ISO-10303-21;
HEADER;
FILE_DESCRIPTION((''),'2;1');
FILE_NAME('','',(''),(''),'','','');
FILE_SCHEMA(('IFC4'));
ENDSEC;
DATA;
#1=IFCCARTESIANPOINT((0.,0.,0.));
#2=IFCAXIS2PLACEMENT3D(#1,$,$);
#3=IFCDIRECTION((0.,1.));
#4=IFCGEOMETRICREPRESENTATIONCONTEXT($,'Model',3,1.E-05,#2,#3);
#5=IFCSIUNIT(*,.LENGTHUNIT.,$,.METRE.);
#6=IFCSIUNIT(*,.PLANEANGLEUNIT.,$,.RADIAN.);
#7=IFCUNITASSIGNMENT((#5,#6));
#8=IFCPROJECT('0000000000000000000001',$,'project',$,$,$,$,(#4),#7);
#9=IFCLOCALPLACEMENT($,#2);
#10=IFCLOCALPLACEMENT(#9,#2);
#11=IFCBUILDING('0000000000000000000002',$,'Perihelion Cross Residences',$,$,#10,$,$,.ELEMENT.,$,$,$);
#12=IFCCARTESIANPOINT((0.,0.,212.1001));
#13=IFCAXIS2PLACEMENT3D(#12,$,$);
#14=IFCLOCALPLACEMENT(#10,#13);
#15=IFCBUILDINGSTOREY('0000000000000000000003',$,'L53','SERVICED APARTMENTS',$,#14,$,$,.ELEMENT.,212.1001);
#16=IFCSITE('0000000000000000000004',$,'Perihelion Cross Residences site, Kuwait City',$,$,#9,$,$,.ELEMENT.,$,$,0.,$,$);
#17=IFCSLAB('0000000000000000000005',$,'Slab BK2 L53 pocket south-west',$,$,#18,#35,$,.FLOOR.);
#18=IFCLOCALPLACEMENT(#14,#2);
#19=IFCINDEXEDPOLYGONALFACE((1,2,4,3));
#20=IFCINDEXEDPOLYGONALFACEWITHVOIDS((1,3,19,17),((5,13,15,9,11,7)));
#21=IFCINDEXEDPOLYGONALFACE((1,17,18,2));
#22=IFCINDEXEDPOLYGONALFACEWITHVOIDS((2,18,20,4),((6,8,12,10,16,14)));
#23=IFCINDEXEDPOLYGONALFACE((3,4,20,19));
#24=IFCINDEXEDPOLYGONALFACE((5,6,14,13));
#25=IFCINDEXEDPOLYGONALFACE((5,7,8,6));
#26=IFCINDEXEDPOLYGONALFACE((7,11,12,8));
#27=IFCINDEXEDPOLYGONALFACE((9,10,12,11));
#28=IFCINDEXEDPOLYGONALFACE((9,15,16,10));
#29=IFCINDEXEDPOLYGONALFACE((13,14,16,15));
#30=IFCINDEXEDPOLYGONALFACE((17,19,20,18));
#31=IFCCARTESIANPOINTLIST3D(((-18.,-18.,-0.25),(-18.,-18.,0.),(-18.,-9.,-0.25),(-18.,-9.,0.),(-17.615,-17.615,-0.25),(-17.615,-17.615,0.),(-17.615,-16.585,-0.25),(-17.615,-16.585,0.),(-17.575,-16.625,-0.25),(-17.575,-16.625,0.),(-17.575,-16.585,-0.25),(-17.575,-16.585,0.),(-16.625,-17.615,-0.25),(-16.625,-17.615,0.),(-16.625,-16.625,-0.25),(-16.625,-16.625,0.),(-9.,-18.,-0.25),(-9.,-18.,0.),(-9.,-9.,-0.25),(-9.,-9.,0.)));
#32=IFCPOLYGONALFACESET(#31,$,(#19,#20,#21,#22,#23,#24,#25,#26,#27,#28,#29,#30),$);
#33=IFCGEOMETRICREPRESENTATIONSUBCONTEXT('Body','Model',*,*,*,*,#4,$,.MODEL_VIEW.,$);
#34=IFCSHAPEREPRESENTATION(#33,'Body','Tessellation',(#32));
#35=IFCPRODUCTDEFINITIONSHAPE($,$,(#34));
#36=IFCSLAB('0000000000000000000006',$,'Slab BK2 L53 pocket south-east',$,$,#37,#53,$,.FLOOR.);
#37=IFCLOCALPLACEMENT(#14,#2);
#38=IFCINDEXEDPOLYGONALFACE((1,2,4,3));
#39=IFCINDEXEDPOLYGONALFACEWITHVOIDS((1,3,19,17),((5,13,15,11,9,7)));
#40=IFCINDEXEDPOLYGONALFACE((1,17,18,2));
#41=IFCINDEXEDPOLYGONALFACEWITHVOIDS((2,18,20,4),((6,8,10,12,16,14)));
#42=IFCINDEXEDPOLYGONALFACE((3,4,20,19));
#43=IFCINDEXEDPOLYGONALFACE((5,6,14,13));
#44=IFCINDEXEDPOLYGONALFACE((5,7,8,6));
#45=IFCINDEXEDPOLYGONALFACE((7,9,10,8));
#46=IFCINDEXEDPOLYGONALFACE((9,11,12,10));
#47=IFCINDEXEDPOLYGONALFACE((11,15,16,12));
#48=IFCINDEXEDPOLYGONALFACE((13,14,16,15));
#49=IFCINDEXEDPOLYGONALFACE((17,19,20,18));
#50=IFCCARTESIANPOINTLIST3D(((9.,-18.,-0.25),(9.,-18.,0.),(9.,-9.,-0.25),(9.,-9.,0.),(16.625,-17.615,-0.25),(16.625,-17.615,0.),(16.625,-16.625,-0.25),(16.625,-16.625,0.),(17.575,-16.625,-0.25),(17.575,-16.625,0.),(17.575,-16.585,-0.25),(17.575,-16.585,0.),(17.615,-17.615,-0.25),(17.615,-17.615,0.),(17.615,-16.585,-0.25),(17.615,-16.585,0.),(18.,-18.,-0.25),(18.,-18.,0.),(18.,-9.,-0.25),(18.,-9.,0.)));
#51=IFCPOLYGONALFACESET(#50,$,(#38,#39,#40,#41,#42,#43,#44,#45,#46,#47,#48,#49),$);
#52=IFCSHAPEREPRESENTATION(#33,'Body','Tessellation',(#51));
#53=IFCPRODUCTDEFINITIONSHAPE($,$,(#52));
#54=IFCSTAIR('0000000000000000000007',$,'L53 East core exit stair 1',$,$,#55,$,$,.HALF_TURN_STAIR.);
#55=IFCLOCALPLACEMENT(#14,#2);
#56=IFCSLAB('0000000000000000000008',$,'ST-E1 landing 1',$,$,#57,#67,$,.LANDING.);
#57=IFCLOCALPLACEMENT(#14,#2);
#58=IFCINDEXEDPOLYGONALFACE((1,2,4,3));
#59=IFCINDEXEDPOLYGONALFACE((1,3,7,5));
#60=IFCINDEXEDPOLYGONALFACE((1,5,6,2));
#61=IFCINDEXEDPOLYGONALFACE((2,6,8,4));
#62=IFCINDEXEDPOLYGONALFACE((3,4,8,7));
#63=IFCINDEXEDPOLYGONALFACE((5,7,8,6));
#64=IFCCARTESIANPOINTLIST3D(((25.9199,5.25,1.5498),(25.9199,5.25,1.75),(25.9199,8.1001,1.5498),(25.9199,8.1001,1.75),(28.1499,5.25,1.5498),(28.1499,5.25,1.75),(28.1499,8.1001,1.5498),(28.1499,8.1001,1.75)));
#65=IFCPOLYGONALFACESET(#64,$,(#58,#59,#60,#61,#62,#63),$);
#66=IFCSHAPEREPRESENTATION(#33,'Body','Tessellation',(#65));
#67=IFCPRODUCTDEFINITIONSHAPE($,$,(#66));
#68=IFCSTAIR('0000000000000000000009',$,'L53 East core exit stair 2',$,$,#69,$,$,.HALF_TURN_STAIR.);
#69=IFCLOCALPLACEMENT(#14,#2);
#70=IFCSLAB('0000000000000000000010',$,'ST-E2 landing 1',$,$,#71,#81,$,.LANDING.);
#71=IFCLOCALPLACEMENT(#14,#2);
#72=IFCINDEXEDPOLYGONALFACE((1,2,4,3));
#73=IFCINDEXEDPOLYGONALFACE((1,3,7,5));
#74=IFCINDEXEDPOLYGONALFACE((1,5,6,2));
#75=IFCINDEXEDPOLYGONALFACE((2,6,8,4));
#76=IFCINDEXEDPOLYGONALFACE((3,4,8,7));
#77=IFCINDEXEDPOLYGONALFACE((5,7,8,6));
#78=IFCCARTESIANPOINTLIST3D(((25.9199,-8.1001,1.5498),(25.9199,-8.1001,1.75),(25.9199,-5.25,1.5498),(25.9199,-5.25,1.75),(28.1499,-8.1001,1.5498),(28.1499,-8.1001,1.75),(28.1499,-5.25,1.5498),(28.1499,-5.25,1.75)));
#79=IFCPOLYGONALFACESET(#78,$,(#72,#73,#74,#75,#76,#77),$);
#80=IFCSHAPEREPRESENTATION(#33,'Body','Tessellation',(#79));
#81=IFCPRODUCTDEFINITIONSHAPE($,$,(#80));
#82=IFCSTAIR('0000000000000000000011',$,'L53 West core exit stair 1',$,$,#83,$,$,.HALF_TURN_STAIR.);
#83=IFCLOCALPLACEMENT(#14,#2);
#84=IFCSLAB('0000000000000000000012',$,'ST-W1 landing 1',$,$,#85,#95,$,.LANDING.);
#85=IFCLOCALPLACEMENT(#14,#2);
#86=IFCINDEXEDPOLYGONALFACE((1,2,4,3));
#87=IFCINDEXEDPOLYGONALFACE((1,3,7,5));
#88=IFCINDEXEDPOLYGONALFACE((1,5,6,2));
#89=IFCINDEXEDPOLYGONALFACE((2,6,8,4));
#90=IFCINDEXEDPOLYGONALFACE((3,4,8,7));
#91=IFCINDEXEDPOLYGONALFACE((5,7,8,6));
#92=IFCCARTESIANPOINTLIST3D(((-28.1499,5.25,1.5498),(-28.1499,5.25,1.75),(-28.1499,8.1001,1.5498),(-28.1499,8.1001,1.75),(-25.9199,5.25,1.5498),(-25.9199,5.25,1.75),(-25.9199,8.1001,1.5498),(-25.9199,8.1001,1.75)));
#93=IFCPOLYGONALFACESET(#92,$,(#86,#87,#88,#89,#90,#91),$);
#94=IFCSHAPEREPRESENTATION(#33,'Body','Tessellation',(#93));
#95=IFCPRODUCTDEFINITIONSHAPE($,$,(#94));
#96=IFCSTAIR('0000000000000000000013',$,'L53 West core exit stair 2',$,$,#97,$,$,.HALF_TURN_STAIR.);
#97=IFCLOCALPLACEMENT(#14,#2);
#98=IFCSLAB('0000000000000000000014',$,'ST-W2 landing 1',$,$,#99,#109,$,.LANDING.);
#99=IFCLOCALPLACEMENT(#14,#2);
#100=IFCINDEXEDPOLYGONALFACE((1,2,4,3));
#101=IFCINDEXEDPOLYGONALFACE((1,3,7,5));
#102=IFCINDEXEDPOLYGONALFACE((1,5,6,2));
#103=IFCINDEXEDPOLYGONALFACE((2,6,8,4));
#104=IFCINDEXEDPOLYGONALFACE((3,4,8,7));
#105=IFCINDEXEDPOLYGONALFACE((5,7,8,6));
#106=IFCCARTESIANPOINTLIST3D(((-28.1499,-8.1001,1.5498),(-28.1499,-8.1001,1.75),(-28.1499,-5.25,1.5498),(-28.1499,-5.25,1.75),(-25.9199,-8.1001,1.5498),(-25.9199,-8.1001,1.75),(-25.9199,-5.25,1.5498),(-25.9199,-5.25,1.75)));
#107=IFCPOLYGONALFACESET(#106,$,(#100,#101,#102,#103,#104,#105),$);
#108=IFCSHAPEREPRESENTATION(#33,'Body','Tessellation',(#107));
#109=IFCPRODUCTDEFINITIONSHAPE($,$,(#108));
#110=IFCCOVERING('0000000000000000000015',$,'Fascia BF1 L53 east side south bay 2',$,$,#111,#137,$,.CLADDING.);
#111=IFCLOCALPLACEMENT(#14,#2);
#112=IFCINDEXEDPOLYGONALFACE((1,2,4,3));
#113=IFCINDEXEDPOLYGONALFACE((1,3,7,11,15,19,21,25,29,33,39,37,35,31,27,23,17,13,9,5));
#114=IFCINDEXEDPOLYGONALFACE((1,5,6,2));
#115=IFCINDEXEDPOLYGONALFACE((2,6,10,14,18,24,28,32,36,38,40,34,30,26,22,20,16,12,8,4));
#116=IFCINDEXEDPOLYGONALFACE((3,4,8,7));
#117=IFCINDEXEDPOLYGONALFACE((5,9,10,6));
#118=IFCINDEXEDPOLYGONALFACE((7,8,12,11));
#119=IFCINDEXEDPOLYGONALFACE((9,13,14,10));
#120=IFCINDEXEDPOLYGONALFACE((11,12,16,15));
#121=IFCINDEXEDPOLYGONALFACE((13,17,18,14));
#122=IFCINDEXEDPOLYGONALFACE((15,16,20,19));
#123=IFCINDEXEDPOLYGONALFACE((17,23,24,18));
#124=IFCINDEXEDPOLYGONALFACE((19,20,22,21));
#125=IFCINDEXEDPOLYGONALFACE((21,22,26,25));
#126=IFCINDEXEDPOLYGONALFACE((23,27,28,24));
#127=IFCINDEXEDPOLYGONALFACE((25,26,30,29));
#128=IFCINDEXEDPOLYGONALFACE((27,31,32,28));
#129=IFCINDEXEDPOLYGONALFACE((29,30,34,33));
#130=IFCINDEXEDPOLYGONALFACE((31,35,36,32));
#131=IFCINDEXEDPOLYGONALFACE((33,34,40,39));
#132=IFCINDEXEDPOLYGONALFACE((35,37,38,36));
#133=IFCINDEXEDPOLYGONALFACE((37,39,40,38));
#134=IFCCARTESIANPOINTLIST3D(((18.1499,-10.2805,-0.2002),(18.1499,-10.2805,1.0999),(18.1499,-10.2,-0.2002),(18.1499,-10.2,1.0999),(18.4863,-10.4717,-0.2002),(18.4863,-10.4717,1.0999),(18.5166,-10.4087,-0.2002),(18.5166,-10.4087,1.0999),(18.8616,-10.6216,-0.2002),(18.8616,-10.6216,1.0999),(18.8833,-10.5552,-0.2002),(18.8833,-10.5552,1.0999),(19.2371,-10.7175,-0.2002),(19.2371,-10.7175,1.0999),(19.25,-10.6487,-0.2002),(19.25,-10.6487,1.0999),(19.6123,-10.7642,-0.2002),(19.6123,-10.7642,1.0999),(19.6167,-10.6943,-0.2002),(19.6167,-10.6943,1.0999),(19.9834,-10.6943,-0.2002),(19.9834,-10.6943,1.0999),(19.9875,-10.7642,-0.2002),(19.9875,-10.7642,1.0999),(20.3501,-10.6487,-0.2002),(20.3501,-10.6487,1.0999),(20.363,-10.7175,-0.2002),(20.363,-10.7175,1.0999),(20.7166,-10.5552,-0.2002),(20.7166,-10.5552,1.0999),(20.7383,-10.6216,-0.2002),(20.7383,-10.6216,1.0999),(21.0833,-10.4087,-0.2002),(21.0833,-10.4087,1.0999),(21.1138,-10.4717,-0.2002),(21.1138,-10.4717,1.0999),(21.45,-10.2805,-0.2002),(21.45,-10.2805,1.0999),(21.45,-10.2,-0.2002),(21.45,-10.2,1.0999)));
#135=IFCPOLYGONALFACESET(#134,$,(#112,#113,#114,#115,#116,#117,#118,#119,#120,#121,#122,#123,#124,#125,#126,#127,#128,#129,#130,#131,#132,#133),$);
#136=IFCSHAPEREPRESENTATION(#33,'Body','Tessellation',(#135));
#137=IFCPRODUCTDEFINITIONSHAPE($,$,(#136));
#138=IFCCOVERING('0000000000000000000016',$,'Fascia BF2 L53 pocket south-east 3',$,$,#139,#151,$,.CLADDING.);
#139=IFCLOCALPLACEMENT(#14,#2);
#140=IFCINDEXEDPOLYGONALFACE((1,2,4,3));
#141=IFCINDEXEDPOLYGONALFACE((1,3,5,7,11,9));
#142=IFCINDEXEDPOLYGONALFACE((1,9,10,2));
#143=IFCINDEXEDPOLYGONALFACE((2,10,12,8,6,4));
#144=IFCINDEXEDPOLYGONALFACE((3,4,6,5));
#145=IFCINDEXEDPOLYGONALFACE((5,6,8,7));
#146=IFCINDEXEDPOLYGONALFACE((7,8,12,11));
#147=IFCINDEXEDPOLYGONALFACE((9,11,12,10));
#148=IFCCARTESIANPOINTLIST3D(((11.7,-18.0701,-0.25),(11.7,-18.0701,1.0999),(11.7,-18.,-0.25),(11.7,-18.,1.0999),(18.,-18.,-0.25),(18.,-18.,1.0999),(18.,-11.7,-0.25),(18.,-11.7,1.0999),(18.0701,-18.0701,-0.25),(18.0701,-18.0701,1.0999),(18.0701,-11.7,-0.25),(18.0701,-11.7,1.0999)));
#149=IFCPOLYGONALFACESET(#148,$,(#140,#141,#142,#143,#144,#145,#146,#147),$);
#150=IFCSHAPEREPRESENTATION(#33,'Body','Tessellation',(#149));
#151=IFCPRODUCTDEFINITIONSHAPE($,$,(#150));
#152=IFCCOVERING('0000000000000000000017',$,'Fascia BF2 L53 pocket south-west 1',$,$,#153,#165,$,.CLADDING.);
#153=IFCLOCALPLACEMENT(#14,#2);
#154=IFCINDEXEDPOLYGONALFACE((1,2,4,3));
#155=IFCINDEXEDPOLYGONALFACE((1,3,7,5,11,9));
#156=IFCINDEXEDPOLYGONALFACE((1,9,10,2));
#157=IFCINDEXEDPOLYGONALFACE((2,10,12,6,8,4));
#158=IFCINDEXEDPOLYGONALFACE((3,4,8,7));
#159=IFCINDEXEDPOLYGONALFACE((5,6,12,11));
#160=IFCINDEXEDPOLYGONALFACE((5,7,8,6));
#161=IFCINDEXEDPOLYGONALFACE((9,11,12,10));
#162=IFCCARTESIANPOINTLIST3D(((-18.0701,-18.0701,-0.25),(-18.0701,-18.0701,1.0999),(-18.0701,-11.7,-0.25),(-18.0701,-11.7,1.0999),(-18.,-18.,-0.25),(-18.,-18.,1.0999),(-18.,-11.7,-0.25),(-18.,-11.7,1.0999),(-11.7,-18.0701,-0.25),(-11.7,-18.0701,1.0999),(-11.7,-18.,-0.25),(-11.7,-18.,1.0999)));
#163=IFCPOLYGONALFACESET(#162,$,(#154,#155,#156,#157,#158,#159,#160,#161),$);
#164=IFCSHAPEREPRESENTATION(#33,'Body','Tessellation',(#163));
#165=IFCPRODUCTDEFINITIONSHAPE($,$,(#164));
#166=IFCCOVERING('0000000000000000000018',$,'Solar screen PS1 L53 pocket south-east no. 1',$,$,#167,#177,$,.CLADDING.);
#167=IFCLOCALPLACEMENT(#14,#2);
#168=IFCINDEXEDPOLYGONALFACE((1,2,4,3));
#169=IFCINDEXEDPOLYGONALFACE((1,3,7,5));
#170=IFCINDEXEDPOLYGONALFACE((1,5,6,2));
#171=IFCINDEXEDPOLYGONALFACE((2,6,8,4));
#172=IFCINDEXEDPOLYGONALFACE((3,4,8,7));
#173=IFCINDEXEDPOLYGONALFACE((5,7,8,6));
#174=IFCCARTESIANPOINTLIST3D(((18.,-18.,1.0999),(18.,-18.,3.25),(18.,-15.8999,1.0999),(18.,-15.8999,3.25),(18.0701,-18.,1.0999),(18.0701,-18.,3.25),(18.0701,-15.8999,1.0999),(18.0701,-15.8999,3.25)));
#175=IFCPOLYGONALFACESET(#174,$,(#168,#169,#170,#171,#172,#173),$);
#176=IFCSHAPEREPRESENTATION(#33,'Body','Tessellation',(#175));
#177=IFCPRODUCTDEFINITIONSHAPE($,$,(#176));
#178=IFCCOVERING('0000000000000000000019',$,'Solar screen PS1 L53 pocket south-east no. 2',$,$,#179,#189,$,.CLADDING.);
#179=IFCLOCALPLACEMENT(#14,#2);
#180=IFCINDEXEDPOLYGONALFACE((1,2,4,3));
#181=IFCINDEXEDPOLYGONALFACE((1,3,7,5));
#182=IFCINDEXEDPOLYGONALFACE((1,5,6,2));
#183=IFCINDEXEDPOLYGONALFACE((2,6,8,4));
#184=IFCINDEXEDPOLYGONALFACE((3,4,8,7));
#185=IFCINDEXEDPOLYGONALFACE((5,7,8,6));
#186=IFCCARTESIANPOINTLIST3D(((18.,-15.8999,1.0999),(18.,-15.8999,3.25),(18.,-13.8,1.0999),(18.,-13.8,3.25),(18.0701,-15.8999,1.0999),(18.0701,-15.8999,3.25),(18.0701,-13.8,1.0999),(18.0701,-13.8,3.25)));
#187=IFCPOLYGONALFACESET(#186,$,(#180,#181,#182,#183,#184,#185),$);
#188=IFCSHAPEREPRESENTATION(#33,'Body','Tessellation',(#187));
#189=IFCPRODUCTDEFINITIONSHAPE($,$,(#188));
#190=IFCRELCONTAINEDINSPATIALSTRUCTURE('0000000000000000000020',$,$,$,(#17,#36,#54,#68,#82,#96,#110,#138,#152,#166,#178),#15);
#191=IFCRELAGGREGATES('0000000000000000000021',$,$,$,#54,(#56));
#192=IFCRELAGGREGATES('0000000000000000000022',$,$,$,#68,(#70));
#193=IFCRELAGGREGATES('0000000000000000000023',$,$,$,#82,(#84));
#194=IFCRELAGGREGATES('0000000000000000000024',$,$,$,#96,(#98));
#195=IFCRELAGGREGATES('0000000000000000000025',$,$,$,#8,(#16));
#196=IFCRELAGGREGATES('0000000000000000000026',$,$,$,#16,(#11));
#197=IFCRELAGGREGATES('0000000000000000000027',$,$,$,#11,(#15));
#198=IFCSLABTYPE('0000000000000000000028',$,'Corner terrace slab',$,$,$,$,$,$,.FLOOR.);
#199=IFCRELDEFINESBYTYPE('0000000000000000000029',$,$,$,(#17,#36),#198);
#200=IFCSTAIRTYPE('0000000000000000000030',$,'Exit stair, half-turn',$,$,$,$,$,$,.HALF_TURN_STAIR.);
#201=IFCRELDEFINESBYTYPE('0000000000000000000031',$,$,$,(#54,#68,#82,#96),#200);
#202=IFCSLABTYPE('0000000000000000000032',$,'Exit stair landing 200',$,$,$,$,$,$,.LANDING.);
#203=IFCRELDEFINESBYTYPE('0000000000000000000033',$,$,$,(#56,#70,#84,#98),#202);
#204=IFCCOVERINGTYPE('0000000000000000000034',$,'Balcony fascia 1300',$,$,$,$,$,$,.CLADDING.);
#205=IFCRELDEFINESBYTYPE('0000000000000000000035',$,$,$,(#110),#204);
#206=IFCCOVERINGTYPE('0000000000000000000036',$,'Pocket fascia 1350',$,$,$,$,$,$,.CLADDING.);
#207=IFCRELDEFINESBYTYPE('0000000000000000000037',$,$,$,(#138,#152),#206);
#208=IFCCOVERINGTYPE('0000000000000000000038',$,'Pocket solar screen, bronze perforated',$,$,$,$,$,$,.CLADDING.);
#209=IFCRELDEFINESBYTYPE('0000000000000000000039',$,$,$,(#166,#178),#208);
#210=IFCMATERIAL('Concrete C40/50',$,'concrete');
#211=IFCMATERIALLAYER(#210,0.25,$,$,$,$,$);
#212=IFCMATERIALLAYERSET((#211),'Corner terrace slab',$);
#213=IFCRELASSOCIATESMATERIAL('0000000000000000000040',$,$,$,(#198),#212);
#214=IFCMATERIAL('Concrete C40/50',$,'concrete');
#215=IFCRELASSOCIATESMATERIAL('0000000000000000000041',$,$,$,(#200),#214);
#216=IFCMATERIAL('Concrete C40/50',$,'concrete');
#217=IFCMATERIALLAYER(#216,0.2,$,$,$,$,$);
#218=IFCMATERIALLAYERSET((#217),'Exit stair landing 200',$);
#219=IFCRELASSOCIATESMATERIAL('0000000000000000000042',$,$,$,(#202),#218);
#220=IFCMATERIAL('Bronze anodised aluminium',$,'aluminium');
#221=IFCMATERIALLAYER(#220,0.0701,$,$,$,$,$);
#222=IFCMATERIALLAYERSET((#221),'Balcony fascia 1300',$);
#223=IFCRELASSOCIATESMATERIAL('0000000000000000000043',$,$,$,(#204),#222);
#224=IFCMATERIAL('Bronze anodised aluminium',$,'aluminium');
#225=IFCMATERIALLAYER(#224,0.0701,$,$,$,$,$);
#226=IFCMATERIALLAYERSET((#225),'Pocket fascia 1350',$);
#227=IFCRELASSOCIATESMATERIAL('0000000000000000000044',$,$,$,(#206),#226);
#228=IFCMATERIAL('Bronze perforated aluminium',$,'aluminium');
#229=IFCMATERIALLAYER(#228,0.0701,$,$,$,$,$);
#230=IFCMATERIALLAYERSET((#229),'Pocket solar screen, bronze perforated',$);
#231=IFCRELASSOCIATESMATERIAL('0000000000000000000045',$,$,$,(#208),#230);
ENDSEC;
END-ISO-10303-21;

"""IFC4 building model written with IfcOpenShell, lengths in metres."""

from ifc_helpers import new_model, si_unit, direction, frame, origin, place, context, subcontext, project, spatial, polyline, outline, extrude, material, layer, layer_set, type_object, element, aggregate, save


model = new_model("IFC4")

# Units and contexts
model_context = context("Model", 3, precision=1e-05, world=origin(), true_north=direction((0.0, 1.0)))
body_context = subcontext(model_context, "Body", "Model", "MODEL_VIEW")
ifc_project = project(units=[si_unit("LENGTHUNIT", "METRE"), si_unit("PLANEANGLEUNIT", "RADIAN")], contexts=[model_context])

# Site, building, storey
site_placement = place(None, origin())
site = spatial("IfcSite", under=ifc_project, at=site_placement, Name="Perihelion Cross Residences site, Kuwait City", CompositionType="ELEMENT", RefElevation=0.0)
building_placement = place(site_placement, origin())
building = spatial("IfcBuilding", under=site, at=building_placement, Name="Perihelion Cross Residences", CompositionType="ELEMENT")
storey_placement = place(building_placement, frame((0.0, 0.0, 212.1001)))
storey = spatial("IfcBuildingStorey", under=building, at=storey_placement, Name="L53", Description="SERVICED APARTMENTS", CompositionType="ELEMENT", Elevation=212.1001)

# Slabs
ifc_material_1 = material(Name="Concrete C40/50", Category="concrete")
ifc_layer_1 = layer(ifc_material_1, 0.25)
ifc_layer_set_1 = layer_set([ifc_layer_1], Name="Corner terrace slab")
slab_type_1 = type_object("IfcSlabType", Name="Corner terrace slab", PredefinedType="FLOOR", material=ifc_layer_set_1)
slab_1_placement = place(storey_placement, frame((0.0, 0.0, -0.25)))
element("IfcSlab", 1, at=slab_1_placement, inside=storey, type_object=slab_type_1, Name="Slab BK2 L53 pocket south-west", PredefinedType="FLOOR", context=body_context, shape_type="SweptSolid", body=[
    extrude(outline(polyline([(-9.0, -18.0), (-9.0, -9.0), (-18.0, -9.0), (-18.0, -18.0), (-9.0, -18.0)]), holes=[polyline([(-16.625, -17.615), (-17.615, -17.615), (-17.615, -16.585), (-17.575, -16.585), (-17.575, -16.625), (-16.625, -16.625), (-16.625, -17.615)])]), origin(), (0.0, 0.0, 1.0), 0.25),
])
slab_2_placement = place(storey_placement, frame((0.0, 0.0, -0.25)))
element("IfcSlab", 2, at=slab_2_placement, inside=storey, type_object=slab_type_1, Name="Slab BK2 L53 pocket south-east", PredefinedType="FLOOR", context=body_context, shape_type="SweptSolid", body=[
    extrude(outline(polyline([(18.0, -18.0), (18.0, -9.0), (9.0, -9.0), (9.0, -18.0), (18.0, -18.0)]), holes=[polyline([(16.625, -17.615), (16.625, -16.625), (17.575, -16.625), (17.575, -16.585), (17.615, -16.585), (17.615, -17.615), (16.625, -17.615)])]), origin(), (0.0, 0.0, 1.0), 0.25),
])

# Stairs, slabs
ifc_material_2 = material(Name="Concrete C40/50", Category="concrete")
stair_type = type_object("IfcStairType", Name="Exit stair, half-turn", PredefinedType="HALF_TURN_STAIR", material=ifc_material_2)
stair_1_placement = place(storey_placement, origin())
stair_1 = element("IfcStair", 3, at=stair_1_placement, inside=storey, type_object=stair_type, Name="L53 East core exit stair 1", PredefinedType="HALF_TURN_STAIR")
ifc_material_3 = material(Name="Concrete C40/50", Category="concrete")
ifc_layer_2 = layer(ifc_material_3, 0.2)
ifc_layer_set_2 = layer_set([ifc_layer_2], Name="Exit stair landing 200")
slab_type_2 = type_object("IfcSlabType", Name="Exit stair landing 200", PredefinedType="LANDING", material=ifc_layer_set_2)
slab_3_placement = place(storey_placement, frame((0.0, 0.0, 1.5498)))
slab_3 = element("IfcSlab", 4, at=slab_3_placement, type_object=slab_type_2, Name="ST-E1 landing 1", PredefinedType="LANDING", context=body_context, shape_type="SweptSolid", body=[
    extrude(outline(polyline([(25.9199, 5.25), (28.1499, 5.25), (28.1499, 8.1001), (25.9199, 8.1001), (25.9199, 5.25)])), origin(), (0.0, 0.0, 1.0), 0.2002),
])
aggregate(stair_1, [slab_3])
stair_2_placement = place(storey_placement, origin())
stair_2 = element("IfcStair", 5, at=stair_2_placement, inside=storey, type_object=stair_type, Name="L53 East core exit stair 2", PredefinedType="HALF_TURN_STAIR")
slab_4_placement = place(storey_placement, frame((0.0, 0.0, 1.5498)))
slab_4 = element("IfcSlab", 6, at=slab_4_placement, type_object=slab_type_2, Name="ST-E2 landing 1", PredefinedType="LANDING", context=body_context, shape_type="SweptSolid", body=[
    extrude(outline(polyline([(25.9199, -8.1001), (28.1499, -8.1001), (28.1499, -5.25), (25.9199, -5.25), (25.9199, -8.1001)])), origin(), (0.0, 0.0, 1.0), 0.2002),
])
aggregate(stair_2, [slab_4])
stair_3_placement = place(storey_placement, origin())
stair_3 = element("IfcStair", 7, at=stair_3_placement, inside=storey, type_object=stair_type, Name="L53 West core exit stair 1", PredefinedType="HALF_TURN_STAIR")
slab_5_placement = place(storey_placement, frame((0.0, 0.0, 1.5498)))
slab_5 = element("IfcSlab", 8, at=slab_5_placement, type_object=slab_type_2, Name="ST-W1 landing 1", PredefinedType="LANDING", context=body_context, shape_type="SweptSolid", body=[
    extrude(outline(polyline([(-25.9199, 8.1001), (-28.1499, 8.1001), (-28.1499, 5.25), (-25.9199, 5.25), (-25.9199, 8.1001)])), origin(), (0.0, 0.0, 1.0), 0.2002),
])
aggregate(stair_3, [slab_5])
stair_4_placement = place(storey_placement, origin())
stair_4 = element("IfcStair", 9, at=stair_4_placement, inside=storey, type_object=stair_type, Name="L53 West core exit stair 2", PredefinedType="HALF_TURN_STAIR")
slab_6_placement = place(storey_placement, frame((0.0, 0.0, 1.5498)))
slab_6 = element("IfcSlab", 10, at=slab_6_placement, type_object=slab_type_2, Name="ST-W2 landing 1", PredefinedType="LANDING", context=body_context, shape_type="SweptSolid", body=[
    extrude(outline(polyline([(-25.9199, -5.25), (-28.1499, -5.25), (-28.1499, -8.1001), (-25.9199, -8.1001), (-25.9199, -5.25)])), origin(), (0.0, 0.0, 1.0), 0.2002),
])
aggregate(stair_4, [slab_6])

# Coverings
ifc_material_4 = material(Name="Bronze anodised aluminium", Category="aluminium")
ifc_layer_3 = layer(ifc_material_4, 0.0701)
ifc_layer_set_3 = layer_set([ifc_layer_3], Name="Balcony fascia 1300")
covering_type_1 = type_object("IfcCoveringType", Name="Balcony fascia 1300", PredefinedType="CLADDING", material=ifc_layer_set_3)
covering_1_placement = place(storey_placement, frame((0.0, 0.0, -0.2002)))
element("IfcCovering", 11, at=covering_1_placement, inside=storey, type_object=covering_type_1, Name="Fascia BF1 L53 east side south bay 2", PredefinedType="CLADDING", context=body_context, shape_type="SweptSolid", body=[
    extrude(outline(polyline([(18.4863, -10.4717), (18.8616, -10.6216), (19.2371, -10.7175), (19.6123, -10.7642), (19.9875, -10.7642), (20.363, -10.7175), (20.7383, -10.6216), (21.1138, -10.4717), (21.45, -10.2805), (21.45, -10.2), (21.0833, -10.4087), (20.7166, -10.5552), (20.3501, -10.6487), (19.9834, -10.6943), (19.6167, -10.6943), (19.25, -10.6487), (18.8833, -10.5552), (18.5166, -10.4087), (18.1499, -10.2), (18.1499, -10.2805), (18.4863, -10.4717)])), origin(), (0.0, 0.0, 1.0), 1.3),
])
ifc_material_5 = material(Name="Bronze anodised aluminium", Category="aluminium")
ifc_layer_4 = layer(ifc_material_5, 0.0701)
ifc_layer_set_4 = layer_set([ifc_layer_4], Name="Pocket fascia 1350")
covering_type_2 = type_object("IfcCoveringType", Name="Pocket fascia 1350", PredefinedType="CLADDING", material=ifc_layer_set_4)
covering_2_placement = place(storey_placement, frame((0.0, 0.0, -0.25)))
element("IfcCovering", 12, at=covering_2_placement, inside=storey, type_object=covering_type_2, Name="Fascia BF2 L53 pocket south-east 3", PredefinedType="CLADDING", context=body_context, shape_type="SweptSolid", body=[
    extrude(outline(polyline([(18.0701, -18.0701), (18.0701, -11.7), (18.0, -11.7), (18.0, -18.0), (11.7, -18.0), (11.7, -18.0701), (18.0701, -18.0701)])), origin(), (0.0, 0.0, 1.0), 1.3499),
])
covering_3_placement = place(storey_placement, frame((0.0, 0.0, -0.25)))
element("IfcCovering", 13, at=covering_3_placement, inside=storey, type_object=covering_type_2, Name="Fascia BF2 L53 pocket south-west 1", PredefinedType="CLADDING", context=body_context, shape_type="SweptSolid", body=[
    extrude(outline(polyline([(-18.0701, -11.7), (-18.0701, -18.0701), (-11.7, -18.0701), (-11.7, -18.0), (-18.0, -18.0), (-18.0, -11.7), (-18.0701, -11.7)])), origin(), (0.0, 0.0, 1.0), 1.3499),
])
ifc_material_6 = material(Name="Bronze perforated aluminium", Category="aluminium")
ifc_layer_5 = layer(ifc_material_6, 0.0701)
ifc_layer_set_5 = layer_set([ifc_layer_5], Name="Pocket solar screen, bronze perforated")
covering_type_3 = type_object("IfcCoveringType", Name="Pocket solar screen, bronze perforated", PredefinedType="CLADDING", material=ifc_layer_set_5)
covering_4_placement = place(storey_placement, frame((0.0, 0.0, 1.0999)))
element("IfcCovering", 14, at=covering_4_placement, inside=storey, type_object=covering_type_3, Name="Solar screen PS1 L53 pocket south-east no. 1", PredefinedType="CLADDING", context=body_context, shape_type="SweptSolid", body=[
    extrude(outline(polyline([(18.0701, -18.0), (18.0701, -15.8999), (18.0, -15.8999), (18.0, -18.0), (18.0701, -18.0)])), origin(), (0.0, 0.0, 1.0), 2.1501),
])
covering_5_placement = place(storey_placement, frame((0.0, 0.0, 1.0999)))
element("IfcCovering", 15, at=covering_5_placement, inside=storey, type_object=covering_type_3, Name="Solar screen PS1 L53 pocket south-east no. 2", PredefinedType="CLADDING", context=body_context, shape_type="SweptSolid", body=[
    extrude(outline(polyline([(18.0701, -15.8999), (18.0701, -13.8), (18.0, -13.8), (18.0, -15.8999), (18.0701, -15.8999)])), origin(), (0.0, 0.0, 1.0), 2.1501),
])

save(model, "model.ifc")
